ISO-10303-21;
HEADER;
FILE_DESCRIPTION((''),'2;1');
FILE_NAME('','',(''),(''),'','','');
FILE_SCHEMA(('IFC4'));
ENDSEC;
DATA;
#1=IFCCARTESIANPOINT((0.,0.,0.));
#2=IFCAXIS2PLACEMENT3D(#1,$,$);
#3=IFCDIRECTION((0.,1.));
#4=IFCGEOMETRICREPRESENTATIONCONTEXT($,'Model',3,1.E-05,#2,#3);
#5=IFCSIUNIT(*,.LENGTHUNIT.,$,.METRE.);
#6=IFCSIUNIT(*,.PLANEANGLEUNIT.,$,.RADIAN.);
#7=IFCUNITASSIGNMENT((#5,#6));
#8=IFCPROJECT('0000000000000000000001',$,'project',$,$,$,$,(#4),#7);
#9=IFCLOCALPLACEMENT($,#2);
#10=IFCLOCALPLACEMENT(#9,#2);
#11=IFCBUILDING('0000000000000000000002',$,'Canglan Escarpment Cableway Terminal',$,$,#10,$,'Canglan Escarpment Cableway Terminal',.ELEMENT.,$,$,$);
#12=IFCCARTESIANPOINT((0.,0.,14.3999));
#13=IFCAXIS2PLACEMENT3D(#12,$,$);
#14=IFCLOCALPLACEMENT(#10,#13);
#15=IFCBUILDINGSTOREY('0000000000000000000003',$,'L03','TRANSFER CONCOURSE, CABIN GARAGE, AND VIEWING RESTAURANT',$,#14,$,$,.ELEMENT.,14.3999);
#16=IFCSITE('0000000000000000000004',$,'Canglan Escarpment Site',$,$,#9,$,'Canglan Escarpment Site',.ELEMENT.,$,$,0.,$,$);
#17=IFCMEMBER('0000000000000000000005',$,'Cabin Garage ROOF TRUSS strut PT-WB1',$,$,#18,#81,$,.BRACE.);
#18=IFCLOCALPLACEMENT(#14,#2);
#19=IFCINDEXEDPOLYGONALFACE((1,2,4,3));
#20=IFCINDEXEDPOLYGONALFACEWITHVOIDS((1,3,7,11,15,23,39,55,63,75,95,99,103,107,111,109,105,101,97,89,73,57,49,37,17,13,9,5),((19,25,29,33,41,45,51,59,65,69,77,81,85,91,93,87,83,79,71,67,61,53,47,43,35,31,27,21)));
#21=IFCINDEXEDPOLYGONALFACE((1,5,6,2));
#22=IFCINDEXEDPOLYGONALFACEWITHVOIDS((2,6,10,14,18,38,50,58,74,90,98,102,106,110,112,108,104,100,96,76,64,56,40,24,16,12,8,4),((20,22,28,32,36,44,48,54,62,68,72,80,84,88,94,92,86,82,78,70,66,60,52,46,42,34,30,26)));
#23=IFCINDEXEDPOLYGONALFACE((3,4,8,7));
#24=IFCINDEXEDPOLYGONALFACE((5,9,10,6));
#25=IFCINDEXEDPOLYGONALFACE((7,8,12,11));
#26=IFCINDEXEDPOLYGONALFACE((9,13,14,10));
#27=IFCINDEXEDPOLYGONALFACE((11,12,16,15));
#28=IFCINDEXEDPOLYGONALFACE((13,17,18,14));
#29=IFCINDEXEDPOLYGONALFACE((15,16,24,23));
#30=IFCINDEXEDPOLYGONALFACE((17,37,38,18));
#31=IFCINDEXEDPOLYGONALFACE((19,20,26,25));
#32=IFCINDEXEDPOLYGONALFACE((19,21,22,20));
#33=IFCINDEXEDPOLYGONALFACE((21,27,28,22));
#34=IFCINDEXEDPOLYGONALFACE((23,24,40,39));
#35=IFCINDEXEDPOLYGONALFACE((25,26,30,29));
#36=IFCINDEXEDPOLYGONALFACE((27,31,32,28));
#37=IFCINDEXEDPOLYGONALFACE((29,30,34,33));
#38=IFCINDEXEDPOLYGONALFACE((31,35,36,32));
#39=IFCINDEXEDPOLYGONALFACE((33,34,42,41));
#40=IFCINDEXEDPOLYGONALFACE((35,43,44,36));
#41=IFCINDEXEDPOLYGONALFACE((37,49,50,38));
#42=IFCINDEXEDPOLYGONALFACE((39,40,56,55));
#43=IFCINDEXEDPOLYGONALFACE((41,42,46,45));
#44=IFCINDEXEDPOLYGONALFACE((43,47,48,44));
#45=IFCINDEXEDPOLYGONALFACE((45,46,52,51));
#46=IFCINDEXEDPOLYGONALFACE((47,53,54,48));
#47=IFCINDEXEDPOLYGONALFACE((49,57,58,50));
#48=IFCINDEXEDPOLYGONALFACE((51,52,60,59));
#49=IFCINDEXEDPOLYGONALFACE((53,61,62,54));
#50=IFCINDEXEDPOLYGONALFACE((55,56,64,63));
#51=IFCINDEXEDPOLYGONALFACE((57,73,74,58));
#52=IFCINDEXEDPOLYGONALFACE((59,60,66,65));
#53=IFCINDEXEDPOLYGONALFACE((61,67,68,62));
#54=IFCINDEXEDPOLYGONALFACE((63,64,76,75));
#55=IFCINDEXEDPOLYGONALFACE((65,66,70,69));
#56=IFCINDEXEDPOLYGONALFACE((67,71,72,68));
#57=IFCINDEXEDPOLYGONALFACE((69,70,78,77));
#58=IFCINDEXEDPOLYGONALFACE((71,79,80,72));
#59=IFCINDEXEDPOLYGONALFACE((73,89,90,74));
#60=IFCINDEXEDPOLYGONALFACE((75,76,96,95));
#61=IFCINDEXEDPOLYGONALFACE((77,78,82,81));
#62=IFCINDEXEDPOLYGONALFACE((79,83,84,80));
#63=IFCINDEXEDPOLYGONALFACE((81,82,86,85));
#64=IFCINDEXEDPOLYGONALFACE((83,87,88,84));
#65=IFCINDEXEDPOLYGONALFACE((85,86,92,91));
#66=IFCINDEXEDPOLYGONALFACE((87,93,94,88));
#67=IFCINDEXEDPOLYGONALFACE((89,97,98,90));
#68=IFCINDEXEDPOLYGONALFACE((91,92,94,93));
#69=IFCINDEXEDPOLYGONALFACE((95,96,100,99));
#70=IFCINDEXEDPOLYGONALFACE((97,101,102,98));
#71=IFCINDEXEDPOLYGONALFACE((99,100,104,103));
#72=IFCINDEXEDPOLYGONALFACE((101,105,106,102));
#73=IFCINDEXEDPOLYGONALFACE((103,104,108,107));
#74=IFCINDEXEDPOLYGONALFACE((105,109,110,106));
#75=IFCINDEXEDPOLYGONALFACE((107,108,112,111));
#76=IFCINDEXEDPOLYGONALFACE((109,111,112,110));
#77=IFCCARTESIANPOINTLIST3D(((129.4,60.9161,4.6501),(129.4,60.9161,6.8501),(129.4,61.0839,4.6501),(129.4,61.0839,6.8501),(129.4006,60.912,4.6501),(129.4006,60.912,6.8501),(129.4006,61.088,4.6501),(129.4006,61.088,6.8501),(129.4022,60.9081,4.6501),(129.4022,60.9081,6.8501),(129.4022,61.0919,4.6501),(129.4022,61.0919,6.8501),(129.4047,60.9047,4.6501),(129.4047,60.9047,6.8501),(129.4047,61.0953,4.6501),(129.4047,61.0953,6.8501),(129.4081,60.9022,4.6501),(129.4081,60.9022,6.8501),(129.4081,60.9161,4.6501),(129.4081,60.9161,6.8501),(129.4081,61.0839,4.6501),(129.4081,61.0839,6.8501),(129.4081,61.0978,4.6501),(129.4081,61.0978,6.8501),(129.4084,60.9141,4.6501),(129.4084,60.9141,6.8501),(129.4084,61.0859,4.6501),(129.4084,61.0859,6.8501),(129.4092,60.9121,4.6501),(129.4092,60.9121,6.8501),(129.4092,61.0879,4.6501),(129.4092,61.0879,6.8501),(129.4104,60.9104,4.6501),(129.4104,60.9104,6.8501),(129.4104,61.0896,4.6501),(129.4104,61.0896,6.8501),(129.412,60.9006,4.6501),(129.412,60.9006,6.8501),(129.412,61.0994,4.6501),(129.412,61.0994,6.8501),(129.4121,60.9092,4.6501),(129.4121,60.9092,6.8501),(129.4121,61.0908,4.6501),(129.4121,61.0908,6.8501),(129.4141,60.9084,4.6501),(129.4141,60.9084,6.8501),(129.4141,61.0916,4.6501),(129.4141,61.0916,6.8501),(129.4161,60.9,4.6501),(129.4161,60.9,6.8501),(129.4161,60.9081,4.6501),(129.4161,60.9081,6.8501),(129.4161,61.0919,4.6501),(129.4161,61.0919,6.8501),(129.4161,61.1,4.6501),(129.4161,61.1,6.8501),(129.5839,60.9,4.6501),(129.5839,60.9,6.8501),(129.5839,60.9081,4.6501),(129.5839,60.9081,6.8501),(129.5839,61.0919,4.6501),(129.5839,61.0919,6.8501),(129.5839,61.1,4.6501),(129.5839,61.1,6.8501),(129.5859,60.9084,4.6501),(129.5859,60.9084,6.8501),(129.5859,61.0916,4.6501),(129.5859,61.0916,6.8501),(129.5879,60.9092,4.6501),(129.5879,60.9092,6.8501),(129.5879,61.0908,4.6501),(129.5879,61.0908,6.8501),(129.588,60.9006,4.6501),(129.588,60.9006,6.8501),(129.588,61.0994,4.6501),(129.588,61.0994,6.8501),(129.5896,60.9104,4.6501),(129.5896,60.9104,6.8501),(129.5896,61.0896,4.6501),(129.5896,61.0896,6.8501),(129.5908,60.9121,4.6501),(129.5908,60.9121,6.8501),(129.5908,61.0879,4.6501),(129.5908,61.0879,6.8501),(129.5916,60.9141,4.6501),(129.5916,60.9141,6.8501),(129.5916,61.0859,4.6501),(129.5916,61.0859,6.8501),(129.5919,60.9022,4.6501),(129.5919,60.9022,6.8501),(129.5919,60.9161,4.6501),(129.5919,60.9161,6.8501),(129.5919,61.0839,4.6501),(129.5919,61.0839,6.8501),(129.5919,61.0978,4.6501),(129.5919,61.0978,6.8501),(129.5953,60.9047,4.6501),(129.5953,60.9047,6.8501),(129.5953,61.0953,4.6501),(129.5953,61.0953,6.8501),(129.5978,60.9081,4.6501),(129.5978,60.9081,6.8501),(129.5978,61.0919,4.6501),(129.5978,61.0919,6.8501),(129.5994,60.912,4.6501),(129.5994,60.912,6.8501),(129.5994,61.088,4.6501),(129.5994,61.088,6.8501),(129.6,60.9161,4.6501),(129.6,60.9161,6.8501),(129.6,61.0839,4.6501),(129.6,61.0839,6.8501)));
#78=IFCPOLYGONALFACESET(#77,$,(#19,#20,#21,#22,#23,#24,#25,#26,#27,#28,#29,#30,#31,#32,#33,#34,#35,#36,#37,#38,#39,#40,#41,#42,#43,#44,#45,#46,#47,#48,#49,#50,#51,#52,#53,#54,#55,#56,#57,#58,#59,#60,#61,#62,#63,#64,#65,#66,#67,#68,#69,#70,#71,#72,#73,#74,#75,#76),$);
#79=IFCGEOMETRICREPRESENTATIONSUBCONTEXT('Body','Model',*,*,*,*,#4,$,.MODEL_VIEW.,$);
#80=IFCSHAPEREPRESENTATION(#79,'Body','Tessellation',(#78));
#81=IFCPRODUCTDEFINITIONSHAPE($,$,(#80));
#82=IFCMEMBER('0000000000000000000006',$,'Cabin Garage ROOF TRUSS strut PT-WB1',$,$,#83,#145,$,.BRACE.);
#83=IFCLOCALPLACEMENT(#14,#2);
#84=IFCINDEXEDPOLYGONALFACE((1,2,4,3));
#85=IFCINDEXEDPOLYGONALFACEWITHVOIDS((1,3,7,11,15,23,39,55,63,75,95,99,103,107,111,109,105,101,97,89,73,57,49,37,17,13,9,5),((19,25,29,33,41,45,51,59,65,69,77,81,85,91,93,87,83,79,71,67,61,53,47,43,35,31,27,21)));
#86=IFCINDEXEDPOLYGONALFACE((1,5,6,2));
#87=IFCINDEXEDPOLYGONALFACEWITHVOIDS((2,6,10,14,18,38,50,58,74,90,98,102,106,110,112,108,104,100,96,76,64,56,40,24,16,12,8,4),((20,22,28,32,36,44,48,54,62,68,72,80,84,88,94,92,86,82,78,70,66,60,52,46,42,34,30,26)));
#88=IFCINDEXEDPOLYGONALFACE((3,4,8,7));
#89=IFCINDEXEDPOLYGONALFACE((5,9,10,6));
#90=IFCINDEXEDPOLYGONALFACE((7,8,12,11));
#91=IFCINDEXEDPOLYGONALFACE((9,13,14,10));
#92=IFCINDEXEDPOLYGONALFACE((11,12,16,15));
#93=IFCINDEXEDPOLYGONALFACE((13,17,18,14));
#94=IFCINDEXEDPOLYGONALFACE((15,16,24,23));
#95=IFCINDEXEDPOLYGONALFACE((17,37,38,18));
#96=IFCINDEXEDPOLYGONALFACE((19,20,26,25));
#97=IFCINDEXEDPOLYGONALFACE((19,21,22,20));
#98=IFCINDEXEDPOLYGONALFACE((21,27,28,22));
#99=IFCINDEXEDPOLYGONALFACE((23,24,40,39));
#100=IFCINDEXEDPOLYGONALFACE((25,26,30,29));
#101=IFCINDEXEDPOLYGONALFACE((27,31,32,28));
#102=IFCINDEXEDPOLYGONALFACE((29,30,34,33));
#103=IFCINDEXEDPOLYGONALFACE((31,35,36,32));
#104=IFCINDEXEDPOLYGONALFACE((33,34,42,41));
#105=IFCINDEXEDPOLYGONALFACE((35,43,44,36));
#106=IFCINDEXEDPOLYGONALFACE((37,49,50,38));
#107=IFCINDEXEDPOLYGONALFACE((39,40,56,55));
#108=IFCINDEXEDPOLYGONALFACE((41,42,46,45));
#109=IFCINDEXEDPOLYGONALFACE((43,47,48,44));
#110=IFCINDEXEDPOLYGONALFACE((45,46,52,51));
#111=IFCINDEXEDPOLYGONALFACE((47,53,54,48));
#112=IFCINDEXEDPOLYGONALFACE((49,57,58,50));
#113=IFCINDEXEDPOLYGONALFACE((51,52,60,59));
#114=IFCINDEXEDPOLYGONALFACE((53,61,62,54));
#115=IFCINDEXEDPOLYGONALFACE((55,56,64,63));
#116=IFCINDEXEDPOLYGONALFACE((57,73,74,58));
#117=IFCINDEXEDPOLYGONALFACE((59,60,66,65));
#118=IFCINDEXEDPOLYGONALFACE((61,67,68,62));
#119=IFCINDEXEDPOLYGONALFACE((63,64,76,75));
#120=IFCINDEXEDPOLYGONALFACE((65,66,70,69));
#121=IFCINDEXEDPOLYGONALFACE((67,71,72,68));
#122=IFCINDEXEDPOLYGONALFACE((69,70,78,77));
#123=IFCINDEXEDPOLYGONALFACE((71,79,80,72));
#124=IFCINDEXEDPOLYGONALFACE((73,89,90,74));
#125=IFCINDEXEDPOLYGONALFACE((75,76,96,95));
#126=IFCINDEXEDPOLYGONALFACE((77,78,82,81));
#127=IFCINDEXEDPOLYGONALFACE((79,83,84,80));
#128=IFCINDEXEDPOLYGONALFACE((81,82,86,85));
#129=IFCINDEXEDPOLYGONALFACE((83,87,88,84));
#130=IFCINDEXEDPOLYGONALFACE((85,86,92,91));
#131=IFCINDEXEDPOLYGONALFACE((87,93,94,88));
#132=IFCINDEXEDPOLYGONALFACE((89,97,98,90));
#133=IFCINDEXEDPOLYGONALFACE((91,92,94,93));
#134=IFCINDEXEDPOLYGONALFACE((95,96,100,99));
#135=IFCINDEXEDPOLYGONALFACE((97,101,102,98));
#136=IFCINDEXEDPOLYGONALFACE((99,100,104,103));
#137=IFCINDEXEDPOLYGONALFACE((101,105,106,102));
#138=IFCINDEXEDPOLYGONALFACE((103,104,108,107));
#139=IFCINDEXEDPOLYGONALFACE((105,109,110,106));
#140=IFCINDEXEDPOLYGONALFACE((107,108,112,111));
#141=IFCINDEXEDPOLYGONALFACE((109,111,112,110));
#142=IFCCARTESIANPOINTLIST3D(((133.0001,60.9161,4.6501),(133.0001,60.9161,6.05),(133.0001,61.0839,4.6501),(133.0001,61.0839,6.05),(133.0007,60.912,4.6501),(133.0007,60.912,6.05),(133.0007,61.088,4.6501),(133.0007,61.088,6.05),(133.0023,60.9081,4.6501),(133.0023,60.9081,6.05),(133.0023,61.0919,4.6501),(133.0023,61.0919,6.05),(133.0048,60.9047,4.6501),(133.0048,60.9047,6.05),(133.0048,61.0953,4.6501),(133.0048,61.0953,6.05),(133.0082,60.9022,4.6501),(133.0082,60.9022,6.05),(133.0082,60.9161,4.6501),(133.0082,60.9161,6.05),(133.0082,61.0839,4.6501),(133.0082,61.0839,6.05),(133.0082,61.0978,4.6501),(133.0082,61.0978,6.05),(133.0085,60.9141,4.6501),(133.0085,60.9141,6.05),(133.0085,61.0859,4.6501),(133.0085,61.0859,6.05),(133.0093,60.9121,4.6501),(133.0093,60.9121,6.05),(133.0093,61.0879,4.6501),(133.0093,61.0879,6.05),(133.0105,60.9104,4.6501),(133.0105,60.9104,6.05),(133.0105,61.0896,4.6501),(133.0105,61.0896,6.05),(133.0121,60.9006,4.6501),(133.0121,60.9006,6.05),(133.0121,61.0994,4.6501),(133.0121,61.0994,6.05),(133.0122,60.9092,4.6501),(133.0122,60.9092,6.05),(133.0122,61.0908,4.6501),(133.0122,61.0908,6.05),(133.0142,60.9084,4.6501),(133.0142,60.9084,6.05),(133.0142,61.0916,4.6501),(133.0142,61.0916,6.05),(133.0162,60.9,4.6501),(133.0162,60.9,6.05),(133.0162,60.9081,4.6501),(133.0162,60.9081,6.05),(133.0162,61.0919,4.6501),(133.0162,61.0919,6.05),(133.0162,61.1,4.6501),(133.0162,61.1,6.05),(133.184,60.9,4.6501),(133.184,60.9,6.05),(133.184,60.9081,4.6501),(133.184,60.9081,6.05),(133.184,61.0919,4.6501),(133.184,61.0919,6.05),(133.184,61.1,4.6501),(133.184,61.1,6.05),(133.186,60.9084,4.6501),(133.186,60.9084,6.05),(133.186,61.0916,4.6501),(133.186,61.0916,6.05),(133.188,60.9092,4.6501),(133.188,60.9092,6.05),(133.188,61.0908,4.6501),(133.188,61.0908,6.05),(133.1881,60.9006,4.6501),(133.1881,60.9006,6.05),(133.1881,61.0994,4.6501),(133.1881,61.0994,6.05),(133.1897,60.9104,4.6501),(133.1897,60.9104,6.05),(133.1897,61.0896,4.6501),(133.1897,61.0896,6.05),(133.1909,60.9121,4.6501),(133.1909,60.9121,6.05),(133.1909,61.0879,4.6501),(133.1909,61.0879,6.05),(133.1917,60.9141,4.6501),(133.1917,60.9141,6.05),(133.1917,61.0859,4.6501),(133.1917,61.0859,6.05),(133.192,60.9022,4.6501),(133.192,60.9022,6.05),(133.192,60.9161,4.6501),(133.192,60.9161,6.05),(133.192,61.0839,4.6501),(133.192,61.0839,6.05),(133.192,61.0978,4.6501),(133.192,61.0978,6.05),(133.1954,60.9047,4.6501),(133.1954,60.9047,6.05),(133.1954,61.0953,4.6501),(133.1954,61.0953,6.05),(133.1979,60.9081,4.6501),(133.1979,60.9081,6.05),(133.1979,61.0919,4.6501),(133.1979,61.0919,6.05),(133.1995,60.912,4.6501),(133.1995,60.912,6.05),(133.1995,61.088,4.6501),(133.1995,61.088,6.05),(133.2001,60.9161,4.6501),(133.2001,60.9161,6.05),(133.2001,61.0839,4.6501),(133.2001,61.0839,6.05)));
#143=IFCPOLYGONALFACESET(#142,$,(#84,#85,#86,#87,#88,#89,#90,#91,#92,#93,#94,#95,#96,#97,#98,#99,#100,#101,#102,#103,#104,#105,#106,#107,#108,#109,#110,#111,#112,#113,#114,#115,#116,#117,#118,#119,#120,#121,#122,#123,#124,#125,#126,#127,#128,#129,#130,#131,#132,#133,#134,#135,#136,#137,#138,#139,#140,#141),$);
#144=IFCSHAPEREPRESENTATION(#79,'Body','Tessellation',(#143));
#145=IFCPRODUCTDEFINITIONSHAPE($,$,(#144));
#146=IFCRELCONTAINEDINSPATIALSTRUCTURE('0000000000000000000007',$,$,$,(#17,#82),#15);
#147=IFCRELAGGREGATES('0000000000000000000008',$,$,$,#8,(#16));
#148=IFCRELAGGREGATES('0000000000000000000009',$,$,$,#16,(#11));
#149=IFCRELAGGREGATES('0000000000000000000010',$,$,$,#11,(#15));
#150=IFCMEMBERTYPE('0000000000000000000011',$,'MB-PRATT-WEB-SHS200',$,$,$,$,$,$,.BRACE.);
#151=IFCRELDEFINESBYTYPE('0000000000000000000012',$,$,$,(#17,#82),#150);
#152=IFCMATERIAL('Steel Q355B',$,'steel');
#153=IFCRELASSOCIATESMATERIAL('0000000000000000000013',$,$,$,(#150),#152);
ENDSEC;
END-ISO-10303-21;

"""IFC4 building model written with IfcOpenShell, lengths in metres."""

from ifc_helpers import new_model, si_unit, direction, frame, origin, origin_2d, place, context, subcontext, project, spatial, hollow_rectangle, extrude, material, material_profile, profile_set, type_object, element, save


model = new_model("IFC4")

# Units and contexts
model_context = context("Model", 3, precision=1e-05, world=origin(), true_north=direction((0.0, 1.0)))
body_context = subcontext(model_context, "Body", "Model", "MODEL_VIEW")
ifc_project = project(units=[si_unit("LENGTHUNIT", "METRE"), si_unit("PLANEANGLEUNIT", "RADIAN")], contexts=[model_context])

# Site, building, storey
site_placement = place(None, origin())
site = spatial("IfcSite", under=ifc_project, at=site_placement, Name="Canglan Escarpment Site", LongName="Canglan Escarpment Site", CompositionType="ELEMENT", RefElevation=0.0)
building_placement = place(site_placement, origin())
building = spatial("IfcBuilding", under=site, at=building_placement, Name="Canglan Escarpment Cableway Terminal", LongName="Canglan Escarpment Cableway Terminal", CompositionType="ELEMENT")
storey_placement = place(building_placement, frame((0.0, 0.0, 14.3999)))
storey = spatial("IfcBuildingStorey", under=building, at=storey_placement, Name="L03", Description="TRANSFER CONCOURSE, CABIN GARAGE, AND VIEWING RESTAURANT", CompositionType="ELEMENT", Elevation=14.3999)

# Shared definitions
ifc_material_1 = material(Name="Steel Q355B", Category="steel")

# Members
ifc_material_profile_1 = material_profile(ifc_material_1, hollow_rectangle(XDim=0.2, YDim=0.2, WallThickness=0.0081, InnerFilletRadius=0.0081, OuterFilletRadius=0.0161, at=origin_2d()), Name="SHS 200x200x8")
ifc_profile_set_1 = profile_set([ifc_material_profile_1], Name="Steel Q355B")
member_type_1 = type_object("IfcMemberType", Name="MB-PRATT-WEB-SHS200", PredefinedType="BRACE", material=ifc_profile_set_1)
member_1_placement = place(storey_placement, frame((129.5, 61.0, 4.6501), z_axis=(0.0, 0.0, 1.0), x_axis=(1.0, 0.0, 0.0)))
element("IfcMember", 1, at=member_1_placement, inside=storey, type_object=member_type_1, Name="Cabin Garage ROOF TRUSS strut PT-WB1", PredefinedType="BRACE", context=body_context, shape_type="SweptSolid", body=[
    extrude(hollow_rectangle(XDim=0.2, YDim=0.2, WallThickness=0.0081, InnerFilletRadius=0.0081, OuterFilletRadius=0.0161, at=origin_2d()), origin(), (0.0, 0.0, 1.0), 2.2),
])
member_2_placement = place(storey_placement, frame((133.1001, 61.0, 4.6501), z_axis=(0.0, 0.0, 1.0), x_axis=(1.0, 0.0, 0.0)))
element("IfcMember", 2, at=member_2_placement, inside=storey, type_object=member_type_1, Name="Cabin Garage ROOF TRUSS strut PT-WB1", PredefinedType="BRACE", context=body_context, shape_type="SweptSolid", body=[
    extrude(hollow_rectangle(XDim=0.2, YDim=0.2, WallThickness=0.0081, InnerFilletRadius=0.0081, OuterFilletRadius=0.0161, at=origin_2d()), origin(), (0.0, 0.0, 1.0), 1.3999),
])

save(model, "model.ifc")
